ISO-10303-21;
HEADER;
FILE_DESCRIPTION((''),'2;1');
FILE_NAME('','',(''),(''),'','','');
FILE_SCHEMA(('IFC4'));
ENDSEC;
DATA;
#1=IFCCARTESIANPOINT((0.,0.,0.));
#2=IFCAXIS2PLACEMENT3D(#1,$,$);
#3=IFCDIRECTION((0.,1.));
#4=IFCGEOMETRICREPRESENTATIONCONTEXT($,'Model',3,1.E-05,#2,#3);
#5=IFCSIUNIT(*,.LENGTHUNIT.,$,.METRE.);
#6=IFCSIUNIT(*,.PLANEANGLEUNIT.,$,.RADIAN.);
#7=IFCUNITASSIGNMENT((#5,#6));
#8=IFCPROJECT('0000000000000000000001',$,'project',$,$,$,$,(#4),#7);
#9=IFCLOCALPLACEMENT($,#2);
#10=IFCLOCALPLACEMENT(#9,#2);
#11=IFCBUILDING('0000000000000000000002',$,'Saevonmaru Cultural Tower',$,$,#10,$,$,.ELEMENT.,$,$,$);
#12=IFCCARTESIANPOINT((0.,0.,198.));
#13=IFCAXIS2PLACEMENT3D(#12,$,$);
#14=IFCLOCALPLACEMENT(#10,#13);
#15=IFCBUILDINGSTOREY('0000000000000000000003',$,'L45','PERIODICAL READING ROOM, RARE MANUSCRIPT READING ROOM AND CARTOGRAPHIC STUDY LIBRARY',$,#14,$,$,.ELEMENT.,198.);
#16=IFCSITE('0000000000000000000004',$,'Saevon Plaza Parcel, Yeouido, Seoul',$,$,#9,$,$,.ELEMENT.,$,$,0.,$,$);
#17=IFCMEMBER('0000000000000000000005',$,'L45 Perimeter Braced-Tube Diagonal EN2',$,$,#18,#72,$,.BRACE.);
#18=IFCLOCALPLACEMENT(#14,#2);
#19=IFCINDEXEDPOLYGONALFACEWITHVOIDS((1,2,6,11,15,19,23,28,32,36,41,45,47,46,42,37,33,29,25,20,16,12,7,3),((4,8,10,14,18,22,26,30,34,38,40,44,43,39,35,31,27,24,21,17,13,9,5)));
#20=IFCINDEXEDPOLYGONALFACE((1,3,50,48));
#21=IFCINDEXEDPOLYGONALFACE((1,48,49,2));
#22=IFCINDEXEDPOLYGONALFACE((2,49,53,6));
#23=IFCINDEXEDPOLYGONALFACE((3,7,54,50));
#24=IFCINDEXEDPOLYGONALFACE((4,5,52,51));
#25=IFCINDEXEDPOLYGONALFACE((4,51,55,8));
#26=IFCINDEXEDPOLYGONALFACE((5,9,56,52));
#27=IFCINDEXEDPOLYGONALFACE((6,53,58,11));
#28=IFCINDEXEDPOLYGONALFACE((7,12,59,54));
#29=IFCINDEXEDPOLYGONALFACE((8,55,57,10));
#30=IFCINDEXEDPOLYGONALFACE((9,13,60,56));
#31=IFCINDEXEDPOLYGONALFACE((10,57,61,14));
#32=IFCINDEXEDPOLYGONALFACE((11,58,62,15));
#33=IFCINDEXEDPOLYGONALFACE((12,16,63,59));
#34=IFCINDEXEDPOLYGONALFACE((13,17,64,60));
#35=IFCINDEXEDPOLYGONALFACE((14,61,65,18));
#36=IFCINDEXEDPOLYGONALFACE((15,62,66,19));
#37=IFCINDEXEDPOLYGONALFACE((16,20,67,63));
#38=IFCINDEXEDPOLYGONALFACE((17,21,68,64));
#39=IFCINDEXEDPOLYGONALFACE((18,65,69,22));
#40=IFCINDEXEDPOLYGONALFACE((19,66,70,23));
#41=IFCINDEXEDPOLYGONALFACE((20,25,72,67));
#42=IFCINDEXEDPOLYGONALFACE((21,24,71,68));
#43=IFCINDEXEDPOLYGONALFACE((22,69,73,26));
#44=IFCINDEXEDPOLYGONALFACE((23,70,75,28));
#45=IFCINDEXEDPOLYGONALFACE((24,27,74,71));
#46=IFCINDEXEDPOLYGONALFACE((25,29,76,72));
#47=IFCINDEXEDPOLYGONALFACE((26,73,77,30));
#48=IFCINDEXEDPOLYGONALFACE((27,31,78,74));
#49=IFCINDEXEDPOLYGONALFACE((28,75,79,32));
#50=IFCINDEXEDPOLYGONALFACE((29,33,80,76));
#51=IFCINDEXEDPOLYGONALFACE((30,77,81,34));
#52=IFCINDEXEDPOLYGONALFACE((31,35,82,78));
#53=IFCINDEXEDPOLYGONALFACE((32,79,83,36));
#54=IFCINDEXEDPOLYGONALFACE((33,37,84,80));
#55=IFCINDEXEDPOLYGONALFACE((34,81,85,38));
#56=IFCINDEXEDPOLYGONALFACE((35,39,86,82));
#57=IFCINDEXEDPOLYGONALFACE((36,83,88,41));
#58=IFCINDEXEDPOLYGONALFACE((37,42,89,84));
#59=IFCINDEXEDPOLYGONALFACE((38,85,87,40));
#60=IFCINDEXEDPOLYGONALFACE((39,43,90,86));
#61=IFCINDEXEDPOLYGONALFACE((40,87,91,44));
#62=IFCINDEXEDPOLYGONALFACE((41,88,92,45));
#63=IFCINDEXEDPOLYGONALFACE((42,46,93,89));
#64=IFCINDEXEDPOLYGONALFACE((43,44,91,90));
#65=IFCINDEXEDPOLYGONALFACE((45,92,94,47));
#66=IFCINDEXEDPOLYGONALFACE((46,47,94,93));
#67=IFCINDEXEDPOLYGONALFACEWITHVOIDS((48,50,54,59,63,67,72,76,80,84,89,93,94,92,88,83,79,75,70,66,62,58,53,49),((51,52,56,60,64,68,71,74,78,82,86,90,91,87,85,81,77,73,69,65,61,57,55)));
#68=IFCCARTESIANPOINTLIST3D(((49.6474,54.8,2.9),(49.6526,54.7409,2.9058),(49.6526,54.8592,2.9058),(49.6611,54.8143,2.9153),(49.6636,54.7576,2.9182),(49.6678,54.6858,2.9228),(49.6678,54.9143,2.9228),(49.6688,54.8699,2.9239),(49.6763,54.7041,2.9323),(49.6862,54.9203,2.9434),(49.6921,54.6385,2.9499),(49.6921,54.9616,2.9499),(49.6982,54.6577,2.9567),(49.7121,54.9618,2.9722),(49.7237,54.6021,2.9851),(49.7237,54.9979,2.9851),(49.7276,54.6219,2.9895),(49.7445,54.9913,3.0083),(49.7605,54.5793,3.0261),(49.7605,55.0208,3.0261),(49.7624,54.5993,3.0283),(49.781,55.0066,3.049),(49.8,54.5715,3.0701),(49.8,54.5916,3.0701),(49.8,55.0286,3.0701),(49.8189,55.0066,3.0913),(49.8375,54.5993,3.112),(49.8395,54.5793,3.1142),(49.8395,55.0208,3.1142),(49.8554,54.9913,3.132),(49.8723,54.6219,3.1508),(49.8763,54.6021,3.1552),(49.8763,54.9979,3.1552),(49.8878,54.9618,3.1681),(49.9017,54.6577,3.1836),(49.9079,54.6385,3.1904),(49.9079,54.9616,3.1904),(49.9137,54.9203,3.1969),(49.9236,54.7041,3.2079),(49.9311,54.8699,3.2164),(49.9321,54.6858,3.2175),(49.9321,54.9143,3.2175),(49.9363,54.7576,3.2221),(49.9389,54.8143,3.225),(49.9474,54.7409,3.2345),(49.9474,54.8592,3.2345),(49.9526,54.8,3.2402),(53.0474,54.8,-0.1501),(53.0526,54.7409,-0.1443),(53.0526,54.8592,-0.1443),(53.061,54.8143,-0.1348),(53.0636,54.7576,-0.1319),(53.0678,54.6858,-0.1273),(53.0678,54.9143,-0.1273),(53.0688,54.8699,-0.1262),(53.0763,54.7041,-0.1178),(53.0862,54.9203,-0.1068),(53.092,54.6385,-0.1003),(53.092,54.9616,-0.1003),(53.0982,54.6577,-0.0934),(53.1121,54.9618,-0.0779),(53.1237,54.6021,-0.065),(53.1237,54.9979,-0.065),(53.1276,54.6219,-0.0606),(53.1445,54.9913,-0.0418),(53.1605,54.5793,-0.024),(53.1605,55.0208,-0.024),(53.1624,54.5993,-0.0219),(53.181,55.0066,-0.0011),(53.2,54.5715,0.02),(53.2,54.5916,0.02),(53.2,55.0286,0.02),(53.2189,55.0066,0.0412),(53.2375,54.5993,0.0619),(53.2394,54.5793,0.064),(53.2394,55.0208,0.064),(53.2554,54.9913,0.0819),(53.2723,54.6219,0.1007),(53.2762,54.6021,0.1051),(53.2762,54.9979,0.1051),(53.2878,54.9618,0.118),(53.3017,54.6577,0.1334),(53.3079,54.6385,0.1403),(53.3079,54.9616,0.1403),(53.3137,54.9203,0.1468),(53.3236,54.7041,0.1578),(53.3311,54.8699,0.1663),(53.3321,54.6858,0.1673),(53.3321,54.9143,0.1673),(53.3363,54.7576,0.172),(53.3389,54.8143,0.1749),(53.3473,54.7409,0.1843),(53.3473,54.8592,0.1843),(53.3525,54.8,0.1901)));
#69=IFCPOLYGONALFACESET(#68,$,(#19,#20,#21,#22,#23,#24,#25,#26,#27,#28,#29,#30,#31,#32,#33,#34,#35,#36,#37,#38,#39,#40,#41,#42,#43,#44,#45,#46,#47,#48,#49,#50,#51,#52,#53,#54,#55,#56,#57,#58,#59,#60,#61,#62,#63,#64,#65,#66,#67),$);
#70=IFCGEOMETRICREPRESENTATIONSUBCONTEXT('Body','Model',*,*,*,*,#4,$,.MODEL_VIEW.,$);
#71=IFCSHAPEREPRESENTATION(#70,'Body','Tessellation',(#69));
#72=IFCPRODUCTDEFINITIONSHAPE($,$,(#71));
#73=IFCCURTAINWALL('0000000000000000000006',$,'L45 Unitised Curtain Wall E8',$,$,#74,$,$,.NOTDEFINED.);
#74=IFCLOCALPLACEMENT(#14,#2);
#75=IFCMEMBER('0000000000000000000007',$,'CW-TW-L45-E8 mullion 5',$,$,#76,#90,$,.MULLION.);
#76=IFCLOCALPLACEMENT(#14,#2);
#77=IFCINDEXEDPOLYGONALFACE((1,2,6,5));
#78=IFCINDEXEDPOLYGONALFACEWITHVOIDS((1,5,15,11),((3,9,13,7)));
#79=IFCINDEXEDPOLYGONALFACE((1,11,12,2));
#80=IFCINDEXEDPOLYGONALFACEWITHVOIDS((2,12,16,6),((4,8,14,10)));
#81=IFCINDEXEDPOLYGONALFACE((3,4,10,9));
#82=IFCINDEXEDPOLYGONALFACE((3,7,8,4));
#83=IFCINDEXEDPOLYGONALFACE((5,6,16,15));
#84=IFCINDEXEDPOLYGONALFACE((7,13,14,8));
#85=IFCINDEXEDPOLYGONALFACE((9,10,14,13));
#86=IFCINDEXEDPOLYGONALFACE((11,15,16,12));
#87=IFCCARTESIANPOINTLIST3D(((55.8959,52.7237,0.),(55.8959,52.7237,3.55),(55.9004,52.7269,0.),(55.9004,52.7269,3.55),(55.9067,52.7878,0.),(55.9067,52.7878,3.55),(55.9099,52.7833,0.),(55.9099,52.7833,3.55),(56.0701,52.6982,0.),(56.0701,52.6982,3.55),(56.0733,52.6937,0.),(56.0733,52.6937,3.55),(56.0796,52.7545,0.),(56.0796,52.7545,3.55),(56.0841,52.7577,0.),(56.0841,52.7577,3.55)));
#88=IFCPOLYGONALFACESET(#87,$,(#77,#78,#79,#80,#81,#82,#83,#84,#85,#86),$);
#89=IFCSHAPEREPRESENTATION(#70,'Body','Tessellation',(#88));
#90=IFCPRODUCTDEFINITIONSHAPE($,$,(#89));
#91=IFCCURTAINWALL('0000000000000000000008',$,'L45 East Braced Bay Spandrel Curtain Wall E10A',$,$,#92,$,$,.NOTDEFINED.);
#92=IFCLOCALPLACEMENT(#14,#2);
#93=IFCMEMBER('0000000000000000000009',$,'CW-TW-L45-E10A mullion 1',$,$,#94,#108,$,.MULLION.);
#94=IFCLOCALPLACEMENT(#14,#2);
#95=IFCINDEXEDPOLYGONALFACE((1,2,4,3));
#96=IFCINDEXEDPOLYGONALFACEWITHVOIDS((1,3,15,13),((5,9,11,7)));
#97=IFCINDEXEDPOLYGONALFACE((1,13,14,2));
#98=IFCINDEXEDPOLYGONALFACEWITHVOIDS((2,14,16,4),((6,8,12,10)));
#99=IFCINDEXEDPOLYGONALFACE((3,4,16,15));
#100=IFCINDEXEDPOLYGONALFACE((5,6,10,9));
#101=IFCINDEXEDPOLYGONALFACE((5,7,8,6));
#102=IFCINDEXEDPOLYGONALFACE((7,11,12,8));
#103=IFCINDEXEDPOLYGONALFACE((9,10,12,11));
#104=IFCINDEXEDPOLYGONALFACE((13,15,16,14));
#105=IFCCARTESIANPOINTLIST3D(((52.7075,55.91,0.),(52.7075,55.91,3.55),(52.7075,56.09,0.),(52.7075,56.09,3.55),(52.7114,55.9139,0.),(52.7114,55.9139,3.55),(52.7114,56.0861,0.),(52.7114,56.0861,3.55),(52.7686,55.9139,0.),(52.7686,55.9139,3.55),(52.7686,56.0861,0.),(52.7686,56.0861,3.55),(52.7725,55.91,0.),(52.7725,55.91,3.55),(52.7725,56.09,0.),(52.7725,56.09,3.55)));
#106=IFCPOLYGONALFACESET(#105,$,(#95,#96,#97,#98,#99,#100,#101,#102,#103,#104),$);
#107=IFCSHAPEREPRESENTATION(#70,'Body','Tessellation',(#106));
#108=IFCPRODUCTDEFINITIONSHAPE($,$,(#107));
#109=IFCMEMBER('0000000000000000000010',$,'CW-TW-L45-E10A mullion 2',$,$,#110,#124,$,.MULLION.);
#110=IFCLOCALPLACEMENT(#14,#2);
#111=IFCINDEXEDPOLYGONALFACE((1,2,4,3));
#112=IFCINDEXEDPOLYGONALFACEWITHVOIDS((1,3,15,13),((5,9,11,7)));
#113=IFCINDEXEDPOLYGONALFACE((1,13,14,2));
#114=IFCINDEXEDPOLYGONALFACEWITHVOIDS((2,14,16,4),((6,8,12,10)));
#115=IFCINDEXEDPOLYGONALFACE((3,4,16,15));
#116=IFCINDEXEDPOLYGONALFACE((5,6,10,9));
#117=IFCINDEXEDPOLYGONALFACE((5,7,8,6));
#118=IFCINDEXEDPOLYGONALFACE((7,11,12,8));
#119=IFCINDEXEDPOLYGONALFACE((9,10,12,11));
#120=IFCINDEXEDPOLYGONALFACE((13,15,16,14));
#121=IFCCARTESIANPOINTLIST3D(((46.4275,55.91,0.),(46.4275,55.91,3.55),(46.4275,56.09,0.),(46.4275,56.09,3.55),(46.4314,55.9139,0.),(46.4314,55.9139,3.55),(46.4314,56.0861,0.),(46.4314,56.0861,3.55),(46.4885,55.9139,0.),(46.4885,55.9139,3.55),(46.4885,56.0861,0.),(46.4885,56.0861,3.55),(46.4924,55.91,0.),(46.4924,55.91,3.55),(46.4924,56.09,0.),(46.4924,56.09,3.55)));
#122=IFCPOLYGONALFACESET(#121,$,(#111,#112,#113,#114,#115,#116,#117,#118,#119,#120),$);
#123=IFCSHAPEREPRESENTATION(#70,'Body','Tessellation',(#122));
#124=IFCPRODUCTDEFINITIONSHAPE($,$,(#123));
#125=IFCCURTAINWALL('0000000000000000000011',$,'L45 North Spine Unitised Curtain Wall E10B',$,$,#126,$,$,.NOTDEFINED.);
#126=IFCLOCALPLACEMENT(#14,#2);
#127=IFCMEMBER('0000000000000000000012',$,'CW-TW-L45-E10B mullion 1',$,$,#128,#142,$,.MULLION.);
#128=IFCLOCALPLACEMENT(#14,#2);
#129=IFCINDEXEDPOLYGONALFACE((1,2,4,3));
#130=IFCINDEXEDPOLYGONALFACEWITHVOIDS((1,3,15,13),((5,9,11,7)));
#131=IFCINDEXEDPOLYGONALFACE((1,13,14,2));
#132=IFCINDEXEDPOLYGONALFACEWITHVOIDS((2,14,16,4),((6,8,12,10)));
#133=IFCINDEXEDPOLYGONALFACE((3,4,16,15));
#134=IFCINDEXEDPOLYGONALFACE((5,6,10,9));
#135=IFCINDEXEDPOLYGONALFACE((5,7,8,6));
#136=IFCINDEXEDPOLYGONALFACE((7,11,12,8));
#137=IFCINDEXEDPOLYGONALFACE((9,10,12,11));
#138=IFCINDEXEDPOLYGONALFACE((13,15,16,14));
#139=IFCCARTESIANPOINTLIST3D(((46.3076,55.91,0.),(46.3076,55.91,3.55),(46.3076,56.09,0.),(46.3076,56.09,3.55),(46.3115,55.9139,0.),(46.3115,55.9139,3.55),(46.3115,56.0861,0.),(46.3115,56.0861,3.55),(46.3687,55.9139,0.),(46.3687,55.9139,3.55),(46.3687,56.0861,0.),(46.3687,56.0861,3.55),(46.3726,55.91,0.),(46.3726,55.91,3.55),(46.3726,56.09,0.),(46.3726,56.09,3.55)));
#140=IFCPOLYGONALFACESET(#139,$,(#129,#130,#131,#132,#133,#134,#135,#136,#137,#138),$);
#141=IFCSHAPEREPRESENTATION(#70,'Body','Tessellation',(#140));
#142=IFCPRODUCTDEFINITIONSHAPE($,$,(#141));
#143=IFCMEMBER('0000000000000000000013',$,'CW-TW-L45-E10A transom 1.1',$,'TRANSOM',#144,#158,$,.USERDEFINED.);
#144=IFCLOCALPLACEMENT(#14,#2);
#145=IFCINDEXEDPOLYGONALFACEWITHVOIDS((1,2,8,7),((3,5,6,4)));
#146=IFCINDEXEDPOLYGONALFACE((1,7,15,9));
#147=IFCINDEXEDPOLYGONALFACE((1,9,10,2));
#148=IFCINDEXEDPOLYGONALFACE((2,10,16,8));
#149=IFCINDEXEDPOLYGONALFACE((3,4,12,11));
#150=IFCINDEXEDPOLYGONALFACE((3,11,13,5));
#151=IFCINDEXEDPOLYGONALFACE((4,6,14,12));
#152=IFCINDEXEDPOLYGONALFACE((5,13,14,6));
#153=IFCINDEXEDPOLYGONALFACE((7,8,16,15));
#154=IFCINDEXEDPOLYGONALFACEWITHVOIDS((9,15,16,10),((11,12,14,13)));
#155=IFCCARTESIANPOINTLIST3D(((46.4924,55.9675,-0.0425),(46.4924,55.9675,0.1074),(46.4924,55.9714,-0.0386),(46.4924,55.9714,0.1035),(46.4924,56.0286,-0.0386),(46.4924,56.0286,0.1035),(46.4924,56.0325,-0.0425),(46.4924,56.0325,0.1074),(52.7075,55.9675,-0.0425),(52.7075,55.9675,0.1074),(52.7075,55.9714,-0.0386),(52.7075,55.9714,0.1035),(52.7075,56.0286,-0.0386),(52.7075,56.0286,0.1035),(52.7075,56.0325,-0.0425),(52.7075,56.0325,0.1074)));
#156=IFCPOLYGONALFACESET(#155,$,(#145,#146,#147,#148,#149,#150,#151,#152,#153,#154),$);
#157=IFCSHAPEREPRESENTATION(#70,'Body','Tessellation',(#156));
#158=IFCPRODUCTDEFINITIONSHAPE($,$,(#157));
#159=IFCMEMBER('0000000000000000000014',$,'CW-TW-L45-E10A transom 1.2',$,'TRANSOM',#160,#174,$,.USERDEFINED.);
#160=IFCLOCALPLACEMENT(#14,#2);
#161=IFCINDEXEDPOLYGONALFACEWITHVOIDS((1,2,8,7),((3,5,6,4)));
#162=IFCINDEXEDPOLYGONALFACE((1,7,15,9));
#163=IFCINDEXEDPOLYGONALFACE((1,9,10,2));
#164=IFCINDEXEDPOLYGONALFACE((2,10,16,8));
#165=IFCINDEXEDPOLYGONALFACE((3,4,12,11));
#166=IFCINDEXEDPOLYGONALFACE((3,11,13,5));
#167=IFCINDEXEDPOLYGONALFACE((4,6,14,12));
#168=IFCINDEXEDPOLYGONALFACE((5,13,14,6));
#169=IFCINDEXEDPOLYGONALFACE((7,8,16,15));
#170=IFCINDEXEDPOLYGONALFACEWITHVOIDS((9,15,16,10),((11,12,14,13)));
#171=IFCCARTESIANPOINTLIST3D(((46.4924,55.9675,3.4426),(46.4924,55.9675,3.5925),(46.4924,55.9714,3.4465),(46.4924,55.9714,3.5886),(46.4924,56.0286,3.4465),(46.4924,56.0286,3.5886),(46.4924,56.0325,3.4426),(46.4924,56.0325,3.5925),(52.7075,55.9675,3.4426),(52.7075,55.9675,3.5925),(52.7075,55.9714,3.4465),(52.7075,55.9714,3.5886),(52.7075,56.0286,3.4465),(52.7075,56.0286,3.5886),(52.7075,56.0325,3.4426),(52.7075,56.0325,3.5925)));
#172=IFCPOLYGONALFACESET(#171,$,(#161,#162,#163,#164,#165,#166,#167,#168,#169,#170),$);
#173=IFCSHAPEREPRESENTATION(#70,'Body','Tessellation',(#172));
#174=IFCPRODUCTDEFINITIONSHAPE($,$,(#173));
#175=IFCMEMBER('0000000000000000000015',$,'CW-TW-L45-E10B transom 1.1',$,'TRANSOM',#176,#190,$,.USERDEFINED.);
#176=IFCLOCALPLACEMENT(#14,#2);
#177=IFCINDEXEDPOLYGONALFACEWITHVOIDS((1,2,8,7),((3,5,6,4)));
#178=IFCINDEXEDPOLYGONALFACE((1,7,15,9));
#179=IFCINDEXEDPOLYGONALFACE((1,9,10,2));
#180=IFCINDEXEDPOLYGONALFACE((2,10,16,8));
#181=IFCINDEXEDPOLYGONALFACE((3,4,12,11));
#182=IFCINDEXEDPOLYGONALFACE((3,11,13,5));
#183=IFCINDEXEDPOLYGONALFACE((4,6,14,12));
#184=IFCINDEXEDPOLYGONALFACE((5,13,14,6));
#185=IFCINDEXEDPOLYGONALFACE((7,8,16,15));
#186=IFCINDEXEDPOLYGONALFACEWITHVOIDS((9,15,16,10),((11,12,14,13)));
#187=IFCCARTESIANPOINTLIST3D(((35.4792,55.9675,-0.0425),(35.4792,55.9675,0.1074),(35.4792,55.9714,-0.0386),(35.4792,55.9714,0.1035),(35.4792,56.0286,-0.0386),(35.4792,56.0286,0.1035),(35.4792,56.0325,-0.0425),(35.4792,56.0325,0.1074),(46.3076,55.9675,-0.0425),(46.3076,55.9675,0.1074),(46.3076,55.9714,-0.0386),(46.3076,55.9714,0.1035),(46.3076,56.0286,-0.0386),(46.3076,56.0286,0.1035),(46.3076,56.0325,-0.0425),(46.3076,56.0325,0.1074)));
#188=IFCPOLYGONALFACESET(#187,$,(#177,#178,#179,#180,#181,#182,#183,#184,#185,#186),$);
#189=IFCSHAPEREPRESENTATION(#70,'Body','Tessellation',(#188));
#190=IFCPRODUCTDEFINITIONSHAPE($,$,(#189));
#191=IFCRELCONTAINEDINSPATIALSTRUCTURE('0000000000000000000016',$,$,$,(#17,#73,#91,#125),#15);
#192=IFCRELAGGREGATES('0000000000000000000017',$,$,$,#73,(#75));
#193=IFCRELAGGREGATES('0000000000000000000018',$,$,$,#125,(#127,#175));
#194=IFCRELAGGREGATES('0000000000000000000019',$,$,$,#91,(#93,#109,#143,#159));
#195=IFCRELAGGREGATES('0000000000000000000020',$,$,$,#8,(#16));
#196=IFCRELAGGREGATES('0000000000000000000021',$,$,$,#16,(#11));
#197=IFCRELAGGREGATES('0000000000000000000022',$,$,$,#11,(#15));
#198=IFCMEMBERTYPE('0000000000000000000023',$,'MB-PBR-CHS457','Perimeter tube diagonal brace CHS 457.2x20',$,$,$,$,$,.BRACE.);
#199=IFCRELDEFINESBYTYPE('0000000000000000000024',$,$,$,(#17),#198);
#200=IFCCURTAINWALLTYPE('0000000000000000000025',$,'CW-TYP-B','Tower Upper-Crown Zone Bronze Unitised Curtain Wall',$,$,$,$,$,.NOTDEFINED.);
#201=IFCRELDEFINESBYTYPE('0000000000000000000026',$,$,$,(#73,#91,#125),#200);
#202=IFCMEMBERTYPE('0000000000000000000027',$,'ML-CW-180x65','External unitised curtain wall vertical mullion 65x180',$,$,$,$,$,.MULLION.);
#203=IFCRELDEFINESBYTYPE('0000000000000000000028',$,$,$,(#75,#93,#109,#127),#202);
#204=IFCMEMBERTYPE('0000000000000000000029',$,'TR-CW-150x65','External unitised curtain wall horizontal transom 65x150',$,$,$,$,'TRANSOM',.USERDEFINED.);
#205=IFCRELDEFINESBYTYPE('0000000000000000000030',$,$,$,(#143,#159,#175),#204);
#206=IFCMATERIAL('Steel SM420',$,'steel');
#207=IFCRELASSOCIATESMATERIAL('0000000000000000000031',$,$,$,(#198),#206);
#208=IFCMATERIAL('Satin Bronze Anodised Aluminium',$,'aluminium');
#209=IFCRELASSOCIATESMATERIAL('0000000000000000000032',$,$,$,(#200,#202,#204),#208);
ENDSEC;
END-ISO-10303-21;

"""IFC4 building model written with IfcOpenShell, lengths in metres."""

from ifc_helpers import new_model, si_unit, direction, frame, origin, origin_2d, place, context, subcontext, project, spatial, hollow_rectangle, hollow_circle, extrude, material, material_profile, profile_set, type_object, element, aggregate, save


model = new_model("IFC4")

# Units and contexts
model_context = context("Model", 3, precision=1e-05, world=origin(), true_north=direction((0.0, 1.0)))
body_context = subcontext(model_context, "Body", "Model", "MODEL_VIEW")
ifc_project = project(units=[si_unit("LENGTHUNIT", "METRE"), si_unit("PLANEANGLEUNIT", "RADIAN")], contexts=[model_context])

# Site, building, storey
site_placement = place(None, origin())
site = spatial("IfcSite", under=ifc_project, at=site_placement, Name="Saevon Plaza Parcel, Yeouido, Seoul", CompositionType="ELEMENT", RefElevation=0.0)
building_placement = place(site_placement, origin())
building = spatial("IfcBuilding", under=site, at=building_placement, Name="Saevonmaru Cultural Tower", CompositionType="ELEMENT")
storey_placement = place(building_placement, frame((0.0, 0.0, 198.0)))
storey = spatial("IfcBuildingStorey", under=building, at=storey_placement, Name="L45", Description="PERIODICAL READING ROOM, RARE MANUSCRIPT READING ROOM AND CARTOGRAPHIC STUDY LIBRARY", CompositionType="ELEMENT", Elevation=198.0)

# Shared definitions
ifc_material_1 = material(Name="Steel SM420", Category="steel")

# Member
ifc_material_profile_1 = material_profile(ifc_material_1, hollow_circle(Radius=0.2285, WallThickness=0.02, at=origin_2d()), Name="CHS-457.2x20")
ifc_profile_set_1 = profile_set([ifc_material_profile_1], Name="Steel SM420")
member_type_1 = type_object("IfcMemberType", Name="MB-PBR-CHS457", Description="Perimeter tube diagonal brace CHS 457.2x20", PredefinedType="BRACE", material=ifc_profile_set_1)
for number, where, z_axis, x_axis, name in (
    (1, (53.2, 54.8, 0.02), (-0.744367, 0.0, 0.667771), (0.0, -1.0, 0.0), "L45 Perimeter Braced-Tube Diagonal EN2"),
):
    element("IfcMember", number, at=place(storey_placement, frame(where, z_axis=z_axis, x_axis=x_axis)), inside=storey, type_object=member_type_1, Name=name, PredefinedType="BRACE", context=body_context, shape_type="SweptSolid", body=[
        extrude(hollow_circle(Radius=0.2285, WallThickness=0.02, at=origin_2d()), origin(), (0.0, 0.0, 1.0), 4.5676),
    ])

# Curtain wall, member
ifc_material_2 = material(Name="Satin Bronze Anodised Aluminium", Category="aluminium")
curtain_wall_type = type_object("IfcCurtainWallType", Name="CW-TYP-B", Description="Tower Upper-Crown Zone Bronze Unitised Curtain Wall", PredefinedType="NOTDEFINED", material=ifc_material_2)
curtain_wall_1_placement = place(storey_placement, origin())
curtain_wall_1 = element("IfcCurtainWall", 2, at=curtain_wall_1_placement, inside=storey, type_object=curtain_wall_type, Name="L45 Unitised Curtain Wall E8", PredefinedType="NOTDEFINED")
ifc_material_profile_2 = material_profile(ifc_material_2, hollow_rectangle(XDim=0.0649, YDim=0.1799, WallThickness=0.0039, at=origin_2d()), Name="ALU-MULL-180x65x4")
ifc_profile_set_2 = profile_set([ifc_material_profile_2], Name="Satin Bronze Anodised Aluminium")
member_type_2 = type_object("IfcMemberType", Name="ML-CW-180x65", Description="External unitised curtain wall vertical mullion 65x180", PredefinedType="MULLION", material=ifc_profile_set_2)
member_1_placement = place(storey_placement, frame((55.99, 52.7407, 0.0), z_axis=(0.0, 0.0, 1.0), x_axis=(0.166922, 0.98597, 0.0)))
member_1 = element("IfcMember", 3, at=member_1_placement, type_object=member_type_2, Name="CW-TW-L45-E8 mullion 5", PredefinedType="MULLION", context=body_context, shape_type="SweptSolid", body=[
    extrude(hollow_rectangle(XDim=0.0649, YDim=0.1799, WallThickness=0.0039, at=origin_2d()), origin(), (0.0, 0.0, 1.0), 3.55),
])
aggregate(curtain_wall_1, [member_1])

# Curtain wall, members
curtain_wall_2_placement = place(storey_placement, origin())
curtain_wall_2 = element("IfcCurtainWall", 4, at=curtain_wall_2_placement, inside=storey, type_object=curtain_wall_type, Name="L45 East Braced Bay Spandrel Curtain Wall E10A", PredefinedType="NOTDEFINED")
member_2_placement = place(storey_placement, frame((52.74, 56.0, 0.0), z_axis=(0.0, 0.0, 1.0), x_axis=(-1.0, 0.0, 0.0)))
member_2 = element("IfcMember", 5, at=member_2_placement, type_object=member_type_2, Name="CW-TW-L45-E10A mullion 1", PredefinedType="MULLION", context=body_context, shape_type="SweptSolid", body=[
    extrude(hollow_rectangle(XDim=0.0649, YDim=0.1799, WallThickness=0.0039, at=origin_2d()), origin(), (0.0, 0.0, 1.0), 3.55),
])
member_3_placement = place(storey_placement, frame((46.46, 56.0, 0.0), z_axis=(0.0, 0.0, 1.0), x_axis=(-1.0, 0.0, 0.0)))
member_3 = element("IfcMember", 6, at=member_3_placement, type_object=member_type_2, Name="CW-TW-L45-E10A mullion 2", PredefinedType="MULLION", context=body_context, shape_type="SweptSolid", body=[
    extrude(hollow_rectangle(XDim=0.0649, YDim=0.1799, WallThickness=0.0039, at=origin_2d()), origin(), (0.0, 0.0, 1.0), 3.55),
])

# Curtain wall, member
curtain_wall_3_placement = place(storey_placement, origin())
curtain_wall_3 = element("IfcCurtainWall", 7, at=curtain_wall_3_placement, inside=storey, type_object=curtain_wall_type, Name="L45 North Spine Unitised Curtain Wall E10B", PredefinedType="NOTDEFINED")
member_4_placement = place(storey_placement, frame((46.3401, 56.0, 0.0), z_axis=(0.0, 0.0, 1.0), x_axis=(-1.0, 0.0, 0.0)))
member_4 = element("IfcMember", 8, at=member_4_placement, type_object=member_type_2, Name="CW-TW-L45-E10B mullion 1", PredefinedType="MULLION", context=body_context, shape_type="SweptSolid", body=[
    extrude(hollow_rectangle(XDim=0.0649, YDim=0.1799, WallThickness=0.0039, at=origin_2d()), origin(), (0.0, 0.0, 1.0), 3.55),
])

# Members
ifc_material_profile_3 = material_profile(ifc_material_2, hollow_rectangle(XDim=0.0649, YDim=0.1499, WallThickness=0.0039, at=origin_2d()), Name="ALU-TRAN-150x65x4")
ifc_profile_set_3 = profile_set([ifc_material_profile_3], Name="Satin Bronze Anodised Aluminium")
member_type_3 = type_object("IfcMemberType", Name="TR-CW-150x65", Description="External unitised curtain wall horizontal transom 65x150", ElementType="TRANSOM", PredefinedType="USERDEFINED", material=ifc_profile_set_3)
member_5_placement = place(storey_placement, frame((52.7075, 56.0, 0.0325), z_axis=(-1.0, 0.0, 0.0), x_axis=(0.0, -1.0, 0.0)))
member_5 = element("IfcMember", 9, at=member_5_placement, type_object=member_type_3, Name="CW-TW-L45-E10A transom 1.1", ObjectType="TRANSOM", PredefinedType="USERDEFINED", context=body_context, shape_type="SweptSolid", body=[
    extrude(hollow_rectangle(XDim=0.0649, YDim=0.1499, WallThickness=0.0039, at=origin_2d()), origin(), (0.0, 0.0, 1.0), 6.2151),
])
member_6_placement = place(storey_placement, frame((52.7075, 56.0, 3.5176), z_axis=(-1.0, 0.0, 0.0), x_axis=(0.0, -1.0, 0.0)))
member_6 = element("IfcMember", 10, at=member_6_placement, type_object=member_type_3, Name="CW-TW-L45-E10A transom 1.2", ObjectType="TRANSOM", PredefinedType="USERDEFINED", context=body_context, shape_type="SweptSolid", body=[
    extrude(hollow_rectangle(XDim=0.0649, YDim=0.1499, WallThickness=0.0039, at=origin_2d()), origin(), (0.0, 0.0, 1.0), 6.2151),
])
member_7_placement = place(storey_placement, frame((46.3076, 56.0, 0.0325), z_axis=(-1.0, 0.0, 0.0), x_axis=(0.0, -1.0, 0.0)))
member_7 = element("IfcMember", 11, at=member_7_placement, type_object=member_type_3, Name="CW-TW-L45-E10B transom 1.1", ObjectType="TRANSOM", PredefinedType="USERDEFINED", context=body_context, shape_type="SweptSolid", body=[
    extrude(hollow_rectangle(XDim=0.0649, YDim=0.1499, WallThickness=0.0039, at=origin_2d()), origin(), (0.0, 0.0, 1.0), 10.8284),
])
aggregate(curtain_wall_3, [member_4, member_7])

aggregate(curtain_wall_2, [member_2, member_3, member_5, member_6])

save(model, "model.ifc")
